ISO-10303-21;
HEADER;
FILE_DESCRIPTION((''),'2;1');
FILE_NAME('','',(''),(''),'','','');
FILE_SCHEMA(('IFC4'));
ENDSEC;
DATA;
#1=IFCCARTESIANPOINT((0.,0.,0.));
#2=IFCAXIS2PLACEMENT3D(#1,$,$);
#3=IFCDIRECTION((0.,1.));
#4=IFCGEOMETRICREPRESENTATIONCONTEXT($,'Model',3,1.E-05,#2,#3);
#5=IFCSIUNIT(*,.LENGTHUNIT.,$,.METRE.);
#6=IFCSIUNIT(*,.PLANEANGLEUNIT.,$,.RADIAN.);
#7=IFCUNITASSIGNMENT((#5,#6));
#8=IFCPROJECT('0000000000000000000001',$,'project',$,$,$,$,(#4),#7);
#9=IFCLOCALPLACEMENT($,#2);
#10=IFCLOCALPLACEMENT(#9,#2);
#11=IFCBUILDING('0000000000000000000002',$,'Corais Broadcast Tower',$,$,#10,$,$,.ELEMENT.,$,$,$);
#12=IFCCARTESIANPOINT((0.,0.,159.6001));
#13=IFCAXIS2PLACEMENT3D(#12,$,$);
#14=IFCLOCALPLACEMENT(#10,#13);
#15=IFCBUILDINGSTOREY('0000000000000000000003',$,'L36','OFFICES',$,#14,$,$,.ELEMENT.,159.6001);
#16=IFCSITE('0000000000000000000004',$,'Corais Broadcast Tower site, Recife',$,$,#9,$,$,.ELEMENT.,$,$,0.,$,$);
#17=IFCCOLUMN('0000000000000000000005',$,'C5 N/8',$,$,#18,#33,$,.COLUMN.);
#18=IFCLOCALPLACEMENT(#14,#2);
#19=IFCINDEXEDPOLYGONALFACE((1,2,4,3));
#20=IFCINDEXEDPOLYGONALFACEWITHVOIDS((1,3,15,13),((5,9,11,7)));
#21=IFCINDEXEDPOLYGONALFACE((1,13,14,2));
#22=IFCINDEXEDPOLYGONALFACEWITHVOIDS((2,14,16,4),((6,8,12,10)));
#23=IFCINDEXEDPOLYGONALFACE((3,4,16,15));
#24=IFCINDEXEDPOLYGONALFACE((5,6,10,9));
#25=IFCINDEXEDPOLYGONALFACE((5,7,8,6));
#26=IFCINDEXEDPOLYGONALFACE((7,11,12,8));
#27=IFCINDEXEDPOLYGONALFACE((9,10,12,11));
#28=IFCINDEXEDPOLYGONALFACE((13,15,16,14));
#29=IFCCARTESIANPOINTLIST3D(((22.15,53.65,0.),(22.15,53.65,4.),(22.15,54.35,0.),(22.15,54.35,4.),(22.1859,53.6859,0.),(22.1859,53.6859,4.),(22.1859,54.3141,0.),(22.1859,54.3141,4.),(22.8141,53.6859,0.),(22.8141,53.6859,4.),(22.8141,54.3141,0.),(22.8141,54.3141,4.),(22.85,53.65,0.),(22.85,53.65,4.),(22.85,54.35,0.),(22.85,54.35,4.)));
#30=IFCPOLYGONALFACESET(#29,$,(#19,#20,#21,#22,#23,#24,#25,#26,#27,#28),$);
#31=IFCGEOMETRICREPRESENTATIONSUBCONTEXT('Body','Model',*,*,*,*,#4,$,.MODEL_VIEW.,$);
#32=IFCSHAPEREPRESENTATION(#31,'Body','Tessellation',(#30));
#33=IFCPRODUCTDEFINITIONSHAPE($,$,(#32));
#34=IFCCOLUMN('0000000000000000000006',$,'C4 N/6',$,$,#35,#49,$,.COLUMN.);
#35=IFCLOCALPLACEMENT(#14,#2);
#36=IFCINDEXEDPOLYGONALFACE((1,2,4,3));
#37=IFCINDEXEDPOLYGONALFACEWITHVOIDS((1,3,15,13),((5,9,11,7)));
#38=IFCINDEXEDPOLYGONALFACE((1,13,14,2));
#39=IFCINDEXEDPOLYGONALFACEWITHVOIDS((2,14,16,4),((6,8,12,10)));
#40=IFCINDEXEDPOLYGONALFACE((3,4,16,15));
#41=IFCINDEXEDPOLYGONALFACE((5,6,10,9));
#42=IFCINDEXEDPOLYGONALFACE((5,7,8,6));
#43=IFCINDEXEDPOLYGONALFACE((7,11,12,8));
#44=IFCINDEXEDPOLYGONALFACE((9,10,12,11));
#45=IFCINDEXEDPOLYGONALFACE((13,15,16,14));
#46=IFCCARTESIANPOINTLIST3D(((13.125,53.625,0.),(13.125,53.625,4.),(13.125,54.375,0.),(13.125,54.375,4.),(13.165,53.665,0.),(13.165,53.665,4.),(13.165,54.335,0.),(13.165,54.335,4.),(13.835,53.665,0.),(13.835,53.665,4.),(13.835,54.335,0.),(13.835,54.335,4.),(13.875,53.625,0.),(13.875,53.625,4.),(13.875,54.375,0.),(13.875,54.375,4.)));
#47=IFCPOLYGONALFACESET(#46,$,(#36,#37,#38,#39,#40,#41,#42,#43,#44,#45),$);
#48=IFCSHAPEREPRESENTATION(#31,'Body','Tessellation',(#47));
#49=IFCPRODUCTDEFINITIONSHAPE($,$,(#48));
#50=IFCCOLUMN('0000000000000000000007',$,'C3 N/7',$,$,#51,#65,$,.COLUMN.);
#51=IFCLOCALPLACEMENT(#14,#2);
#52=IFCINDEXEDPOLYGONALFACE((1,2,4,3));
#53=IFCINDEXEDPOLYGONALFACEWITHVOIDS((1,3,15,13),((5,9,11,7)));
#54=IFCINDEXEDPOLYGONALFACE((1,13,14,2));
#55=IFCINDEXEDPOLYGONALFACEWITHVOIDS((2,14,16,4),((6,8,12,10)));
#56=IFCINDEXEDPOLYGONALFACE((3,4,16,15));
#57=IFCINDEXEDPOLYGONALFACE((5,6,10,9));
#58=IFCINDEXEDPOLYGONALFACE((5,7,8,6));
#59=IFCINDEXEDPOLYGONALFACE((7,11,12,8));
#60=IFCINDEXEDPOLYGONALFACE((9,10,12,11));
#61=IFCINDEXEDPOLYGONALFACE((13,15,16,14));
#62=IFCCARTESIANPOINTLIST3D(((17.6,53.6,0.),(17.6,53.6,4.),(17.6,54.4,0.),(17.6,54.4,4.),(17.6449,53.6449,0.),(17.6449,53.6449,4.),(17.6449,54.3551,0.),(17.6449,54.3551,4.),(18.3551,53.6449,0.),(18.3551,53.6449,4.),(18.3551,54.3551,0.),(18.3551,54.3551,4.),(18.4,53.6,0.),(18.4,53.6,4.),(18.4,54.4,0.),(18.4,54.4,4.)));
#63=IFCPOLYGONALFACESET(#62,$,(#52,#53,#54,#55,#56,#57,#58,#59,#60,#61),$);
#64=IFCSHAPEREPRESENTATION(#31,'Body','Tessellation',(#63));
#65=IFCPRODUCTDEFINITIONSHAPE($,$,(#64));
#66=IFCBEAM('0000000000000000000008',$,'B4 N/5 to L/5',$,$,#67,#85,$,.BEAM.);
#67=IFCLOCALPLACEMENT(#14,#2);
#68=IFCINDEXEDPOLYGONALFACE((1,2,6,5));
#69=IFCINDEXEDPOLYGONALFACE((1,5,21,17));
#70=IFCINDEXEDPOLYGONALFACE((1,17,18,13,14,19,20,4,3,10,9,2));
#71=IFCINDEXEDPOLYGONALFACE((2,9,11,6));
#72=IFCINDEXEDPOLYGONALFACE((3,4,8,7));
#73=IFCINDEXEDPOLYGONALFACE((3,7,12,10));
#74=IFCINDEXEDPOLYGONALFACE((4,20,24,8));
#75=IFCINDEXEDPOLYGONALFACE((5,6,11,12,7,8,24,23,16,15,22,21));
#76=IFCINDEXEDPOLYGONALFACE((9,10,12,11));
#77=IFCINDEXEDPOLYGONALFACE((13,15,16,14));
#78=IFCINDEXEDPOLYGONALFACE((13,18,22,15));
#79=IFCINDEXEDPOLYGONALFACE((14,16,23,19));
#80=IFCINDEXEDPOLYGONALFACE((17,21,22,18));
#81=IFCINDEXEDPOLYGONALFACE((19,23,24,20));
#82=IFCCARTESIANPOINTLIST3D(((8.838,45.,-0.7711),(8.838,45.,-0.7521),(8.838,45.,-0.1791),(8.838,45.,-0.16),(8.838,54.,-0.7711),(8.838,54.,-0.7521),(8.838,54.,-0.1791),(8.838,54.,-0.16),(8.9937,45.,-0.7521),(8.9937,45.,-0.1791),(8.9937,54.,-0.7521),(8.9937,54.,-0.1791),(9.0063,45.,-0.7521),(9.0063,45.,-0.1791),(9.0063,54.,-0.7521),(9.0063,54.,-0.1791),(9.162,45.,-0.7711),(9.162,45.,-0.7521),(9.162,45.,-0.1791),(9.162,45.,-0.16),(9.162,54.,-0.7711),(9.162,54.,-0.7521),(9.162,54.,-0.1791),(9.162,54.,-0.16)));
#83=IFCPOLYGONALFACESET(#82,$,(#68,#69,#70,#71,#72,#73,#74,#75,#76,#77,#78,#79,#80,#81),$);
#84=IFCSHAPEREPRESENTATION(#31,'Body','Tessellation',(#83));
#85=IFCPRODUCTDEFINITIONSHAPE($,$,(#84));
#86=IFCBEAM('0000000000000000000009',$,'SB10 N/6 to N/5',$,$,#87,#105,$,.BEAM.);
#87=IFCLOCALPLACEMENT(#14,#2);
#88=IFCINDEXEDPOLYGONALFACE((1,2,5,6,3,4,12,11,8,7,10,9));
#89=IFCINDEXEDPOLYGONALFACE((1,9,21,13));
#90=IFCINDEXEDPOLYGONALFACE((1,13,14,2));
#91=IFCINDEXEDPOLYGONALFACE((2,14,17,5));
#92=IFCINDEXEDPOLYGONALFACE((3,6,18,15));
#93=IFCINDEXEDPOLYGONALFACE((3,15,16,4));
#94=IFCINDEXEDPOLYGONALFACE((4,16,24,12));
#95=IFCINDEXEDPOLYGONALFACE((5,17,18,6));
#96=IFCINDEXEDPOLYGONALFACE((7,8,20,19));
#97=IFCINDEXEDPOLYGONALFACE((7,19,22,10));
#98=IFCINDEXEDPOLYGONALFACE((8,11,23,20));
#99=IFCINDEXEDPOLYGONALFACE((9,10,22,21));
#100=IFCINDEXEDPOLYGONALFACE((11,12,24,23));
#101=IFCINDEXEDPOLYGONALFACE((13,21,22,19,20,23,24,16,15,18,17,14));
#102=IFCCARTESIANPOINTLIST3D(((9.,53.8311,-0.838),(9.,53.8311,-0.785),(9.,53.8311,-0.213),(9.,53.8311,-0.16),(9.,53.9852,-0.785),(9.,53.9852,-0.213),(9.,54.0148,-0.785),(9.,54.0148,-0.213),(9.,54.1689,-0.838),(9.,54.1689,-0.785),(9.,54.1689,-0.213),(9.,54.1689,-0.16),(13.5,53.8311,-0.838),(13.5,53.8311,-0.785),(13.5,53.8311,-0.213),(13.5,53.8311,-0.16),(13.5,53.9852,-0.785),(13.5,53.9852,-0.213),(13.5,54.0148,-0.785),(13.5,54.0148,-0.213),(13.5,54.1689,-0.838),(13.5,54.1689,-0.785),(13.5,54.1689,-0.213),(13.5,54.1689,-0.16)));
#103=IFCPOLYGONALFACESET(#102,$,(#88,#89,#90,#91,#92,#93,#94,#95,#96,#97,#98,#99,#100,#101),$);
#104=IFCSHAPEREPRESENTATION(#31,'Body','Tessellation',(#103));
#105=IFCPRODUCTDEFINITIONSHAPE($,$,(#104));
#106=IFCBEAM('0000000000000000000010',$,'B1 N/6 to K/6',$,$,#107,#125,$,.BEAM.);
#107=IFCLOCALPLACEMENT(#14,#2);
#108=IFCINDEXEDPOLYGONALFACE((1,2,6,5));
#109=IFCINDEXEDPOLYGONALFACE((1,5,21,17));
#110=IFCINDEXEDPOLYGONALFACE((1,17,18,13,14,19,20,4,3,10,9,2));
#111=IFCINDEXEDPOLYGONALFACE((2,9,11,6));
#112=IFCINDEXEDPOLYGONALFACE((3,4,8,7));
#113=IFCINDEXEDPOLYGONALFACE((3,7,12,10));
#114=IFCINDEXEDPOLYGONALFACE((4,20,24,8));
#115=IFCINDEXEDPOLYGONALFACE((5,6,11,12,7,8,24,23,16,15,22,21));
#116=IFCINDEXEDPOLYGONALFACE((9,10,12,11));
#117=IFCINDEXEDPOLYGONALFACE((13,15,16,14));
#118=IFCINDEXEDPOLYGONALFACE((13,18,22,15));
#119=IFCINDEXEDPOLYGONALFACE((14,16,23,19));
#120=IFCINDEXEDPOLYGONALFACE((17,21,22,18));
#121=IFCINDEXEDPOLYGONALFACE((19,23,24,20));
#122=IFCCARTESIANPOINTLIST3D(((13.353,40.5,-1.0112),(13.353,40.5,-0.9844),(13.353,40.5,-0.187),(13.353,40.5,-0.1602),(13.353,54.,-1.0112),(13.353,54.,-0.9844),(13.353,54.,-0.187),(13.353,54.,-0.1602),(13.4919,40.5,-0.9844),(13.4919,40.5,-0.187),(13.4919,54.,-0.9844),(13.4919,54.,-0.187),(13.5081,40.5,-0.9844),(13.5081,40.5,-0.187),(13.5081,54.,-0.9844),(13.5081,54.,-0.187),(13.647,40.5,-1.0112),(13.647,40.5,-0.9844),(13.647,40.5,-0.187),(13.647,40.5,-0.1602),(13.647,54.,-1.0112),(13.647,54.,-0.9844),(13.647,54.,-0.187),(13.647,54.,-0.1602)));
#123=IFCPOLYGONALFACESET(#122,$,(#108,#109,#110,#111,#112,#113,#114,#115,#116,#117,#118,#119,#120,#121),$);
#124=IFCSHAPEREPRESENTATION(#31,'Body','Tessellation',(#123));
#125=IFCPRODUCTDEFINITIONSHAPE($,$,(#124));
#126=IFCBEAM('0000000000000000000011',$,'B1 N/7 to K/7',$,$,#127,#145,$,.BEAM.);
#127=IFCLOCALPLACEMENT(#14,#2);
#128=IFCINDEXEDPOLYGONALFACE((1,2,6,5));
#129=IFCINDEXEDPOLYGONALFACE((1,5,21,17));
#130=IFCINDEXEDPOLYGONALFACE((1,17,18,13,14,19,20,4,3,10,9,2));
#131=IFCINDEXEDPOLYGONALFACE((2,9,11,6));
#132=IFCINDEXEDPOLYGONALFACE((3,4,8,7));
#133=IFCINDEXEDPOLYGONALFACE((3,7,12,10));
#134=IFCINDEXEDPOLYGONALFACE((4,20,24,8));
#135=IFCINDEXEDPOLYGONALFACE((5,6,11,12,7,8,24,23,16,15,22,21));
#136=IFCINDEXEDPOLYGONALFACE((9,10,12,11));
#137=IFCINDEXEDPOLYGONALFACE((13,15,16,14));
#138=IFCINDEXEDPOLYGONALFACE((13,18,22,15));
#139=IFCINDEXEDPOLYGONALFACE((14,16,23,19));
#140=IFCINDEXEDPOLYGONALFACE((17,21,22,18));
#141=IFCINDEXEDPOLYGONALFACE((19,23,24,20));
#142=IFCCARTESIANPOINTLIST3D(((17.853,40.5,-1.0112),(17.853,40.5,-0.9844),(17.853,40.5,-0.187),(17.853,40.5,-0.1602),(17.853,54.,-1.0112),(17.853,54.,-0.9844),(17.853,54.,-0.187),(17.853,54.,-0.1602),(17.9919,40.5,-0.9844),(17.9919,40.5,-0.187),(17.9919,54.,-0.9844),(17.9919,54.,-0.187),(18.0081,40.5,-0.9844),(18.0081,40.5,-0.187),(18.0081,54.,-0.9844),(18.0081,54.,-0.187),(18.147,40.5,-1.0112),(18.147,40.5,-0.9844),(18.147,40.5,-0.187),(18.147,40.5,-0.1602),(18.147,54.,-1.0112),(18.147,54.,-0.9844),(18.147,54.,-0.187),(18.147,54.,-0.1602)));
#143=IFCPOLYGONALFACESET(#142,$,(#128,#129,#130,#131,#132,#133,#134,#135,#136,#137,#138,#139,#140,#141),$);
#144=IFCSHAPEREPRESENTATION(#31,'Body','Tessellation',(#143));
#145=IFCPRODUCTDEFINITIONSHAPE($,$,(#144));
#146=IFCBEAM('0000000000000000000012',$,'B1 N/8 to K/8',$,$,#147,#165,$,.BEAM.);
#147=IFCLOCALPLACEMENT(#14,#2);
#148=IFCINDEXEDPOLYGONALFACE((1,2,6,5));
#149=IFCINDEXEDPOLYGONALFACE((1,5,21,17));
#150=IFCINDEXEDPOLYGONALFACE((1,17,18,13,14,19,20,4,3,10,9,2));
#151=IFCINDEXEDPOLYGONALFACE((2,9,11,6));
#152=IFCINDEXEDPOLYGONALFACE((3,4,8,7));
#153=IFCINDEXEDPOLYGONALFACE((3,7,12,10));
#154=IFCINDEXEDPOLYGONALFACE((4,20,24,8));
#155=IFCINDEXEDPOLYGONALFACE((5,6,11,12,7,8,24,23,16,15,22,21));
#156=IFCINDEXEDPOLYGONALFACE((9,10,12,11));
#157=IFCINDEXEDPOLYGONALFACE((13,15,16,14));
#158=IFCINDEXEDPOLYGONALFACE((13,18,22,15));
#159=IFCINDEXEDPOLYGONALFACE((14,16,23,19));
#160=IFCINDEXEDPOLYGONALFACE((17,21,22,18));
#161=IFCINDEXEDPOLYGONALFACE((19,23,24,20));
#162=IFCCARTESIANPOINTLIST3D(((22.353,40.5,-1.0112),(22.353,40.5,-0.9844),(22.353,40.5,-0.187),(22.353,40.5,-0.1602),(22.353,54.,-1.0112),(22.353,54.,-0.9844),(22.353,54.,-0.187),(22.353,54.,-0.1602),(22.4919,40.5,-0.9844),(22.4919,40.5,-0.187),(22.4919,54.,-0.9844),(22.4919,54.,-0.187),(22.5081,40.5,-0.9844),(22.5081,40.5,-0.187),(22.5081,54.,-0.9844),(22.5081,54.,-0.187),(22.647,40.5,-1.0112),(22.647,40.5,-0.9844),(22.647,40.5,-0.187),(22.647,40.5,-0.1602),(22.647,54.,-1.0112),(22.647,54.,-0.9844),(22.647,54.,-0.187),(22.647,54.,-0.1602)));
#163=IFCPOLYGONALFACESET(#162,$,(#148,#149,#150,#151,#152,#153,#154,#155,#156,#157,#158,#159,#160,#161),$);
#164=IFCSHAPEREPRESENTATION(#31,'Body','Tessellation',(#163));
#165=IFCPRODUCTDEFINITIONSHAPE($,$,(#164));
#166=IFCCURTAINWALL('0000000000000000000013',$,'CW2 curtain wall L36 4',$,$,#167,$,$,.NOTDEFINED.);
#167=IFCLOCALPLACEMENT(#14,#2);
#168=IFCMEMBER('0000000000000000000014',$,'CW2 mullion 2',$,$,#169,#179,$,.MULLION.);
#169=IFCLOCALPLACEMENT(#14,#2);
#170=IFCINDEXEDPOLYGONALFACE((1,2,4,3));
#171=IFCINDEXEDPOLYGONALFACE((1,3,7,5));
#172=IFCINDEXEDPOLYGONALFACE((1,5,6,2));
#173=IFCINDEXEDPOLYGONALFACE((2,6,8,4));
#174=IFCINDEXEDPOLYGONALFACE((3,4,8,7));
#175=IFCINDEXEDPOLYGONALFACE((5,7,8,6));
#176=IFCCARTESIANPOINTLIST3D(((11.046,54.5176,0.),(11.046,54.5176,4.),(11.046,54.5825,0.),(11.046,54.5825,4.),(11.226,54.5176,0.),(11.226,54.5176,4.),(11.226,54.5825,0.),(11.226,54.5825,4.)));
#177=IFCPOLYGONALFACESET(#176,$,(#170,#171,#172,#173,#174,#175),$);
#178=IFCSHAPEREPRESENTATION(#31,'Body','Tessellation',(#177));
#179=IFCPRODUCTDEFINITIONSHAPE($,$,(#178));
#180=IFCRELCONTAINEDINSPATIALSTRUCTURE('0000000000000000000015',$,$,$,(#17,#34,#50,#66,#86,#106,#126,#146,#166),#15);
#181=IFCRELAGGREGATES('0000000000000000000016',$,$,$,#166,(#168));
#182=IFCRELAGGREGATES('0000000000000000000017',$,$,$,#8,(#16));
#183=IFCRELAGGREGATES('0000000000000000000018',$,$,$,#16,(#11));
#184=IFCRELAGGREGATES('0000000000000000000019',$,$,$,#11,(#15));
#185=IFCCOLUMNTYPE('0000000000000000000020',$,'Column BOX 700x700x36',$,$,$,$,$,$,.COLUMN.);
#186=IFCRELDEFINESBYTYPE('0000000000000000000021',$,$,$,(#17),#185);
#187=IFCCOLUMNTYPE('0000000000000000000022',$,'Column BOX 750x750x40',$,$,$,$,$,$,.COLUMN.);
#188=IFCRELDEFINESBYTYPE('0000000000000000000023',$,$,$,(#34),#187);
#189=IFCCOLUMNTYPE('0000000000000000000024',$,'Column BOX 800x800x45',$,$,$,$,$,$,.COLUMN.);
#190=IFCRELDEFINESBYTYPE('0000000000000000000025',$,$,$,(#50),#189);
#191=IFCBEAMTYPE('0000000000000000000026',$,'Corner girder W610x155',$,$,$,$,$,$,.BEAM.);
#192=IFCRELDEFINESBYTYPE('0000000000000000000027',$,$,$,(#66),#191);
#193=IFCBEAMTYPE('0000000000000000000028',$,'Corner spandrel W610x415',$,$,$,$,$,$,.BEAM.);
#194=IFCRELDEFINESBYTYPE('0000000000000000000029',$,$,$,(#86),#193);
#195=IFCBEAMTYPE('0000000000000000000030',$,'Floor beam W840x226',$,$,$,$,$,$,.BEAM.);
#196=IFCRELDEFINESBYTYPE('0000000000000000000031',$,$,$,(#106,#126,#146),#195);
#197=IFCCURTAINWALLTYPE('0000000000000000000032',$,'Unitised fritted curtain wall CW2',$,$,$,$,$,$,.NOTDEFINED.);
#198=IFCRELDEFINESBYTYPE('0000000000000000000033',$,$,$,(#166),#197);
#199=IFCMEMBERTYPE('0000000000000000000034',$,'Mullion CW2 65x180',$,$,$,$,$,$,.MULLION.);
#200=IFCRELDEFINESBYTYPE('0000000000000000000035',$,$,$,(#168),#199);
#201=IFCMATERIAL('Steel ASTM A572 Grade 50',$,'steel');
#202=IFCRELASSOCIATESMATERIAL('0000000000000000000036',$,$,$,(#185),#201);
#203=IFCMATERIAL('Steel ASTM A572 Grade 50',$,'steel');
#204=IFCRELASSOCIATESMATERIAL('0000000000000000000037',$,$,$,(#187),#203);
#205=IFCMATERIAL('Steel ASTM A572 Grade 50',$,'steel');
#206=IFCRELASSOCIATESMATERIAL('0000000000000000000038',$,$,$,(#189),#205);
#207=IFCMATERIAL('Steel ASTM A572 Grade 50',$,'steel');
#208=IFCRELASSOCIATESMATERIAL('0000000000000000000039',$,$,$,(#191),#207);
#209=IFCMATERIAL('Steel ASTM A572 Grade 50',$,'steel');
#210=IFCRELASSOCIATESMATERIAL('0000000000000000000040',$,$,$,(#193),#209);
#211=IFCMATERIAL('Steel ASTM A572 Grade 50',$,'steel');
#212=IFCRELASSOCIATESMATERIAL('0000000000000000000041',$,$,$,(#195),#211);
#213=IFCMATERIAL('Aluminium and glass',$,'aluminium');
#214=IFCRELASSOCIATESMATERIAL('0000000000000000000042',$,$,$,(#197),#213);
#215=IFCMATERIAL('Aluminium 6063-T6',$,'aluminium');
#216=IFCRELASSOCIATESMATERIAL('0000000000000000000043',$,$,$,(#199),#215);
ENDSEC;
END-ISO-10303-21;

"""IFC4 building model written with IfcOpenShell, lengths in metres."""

from ifc_helpers import new_model, si_unit, direction, frame, origin, origin_2d, place, context, subcontext, project, spatial, rectangle, hollow_rectangle, i_section, extrude, material, material_profile, profile_set, type_object, element, aggregate, save


model = new_model("IFC4")

# Units and contexts
model_context = context("Model", 3, precision=1e-05, world=origin(), true_north=direction((0.0, 1.0)))
body_context = subcontext(model_context, "Body", "Model", "MODEL_VIEW")
ifc_project = project(units=[si_unit("LENGTHUNIT", "METRE"), si_unit("PLANEANGLEUNIT", "RADIAN")], contexts=[model_context])

# Site, building, storey
site_placement = place(None, origin())
site = spatial("IfcSite", under=ifc_project, at=site_placement, Name="Corais Broadcast Tower site, Recife", CompositionType="ELEMENT", RefElevation=0.0)
building_placement = place(site_placement, origin())
building = spatial("IfcBuilding", under=site, at=building_placement, Name="Corais Broadcast Tower", CompositionType="ELEMENT")
storey_placement = place(building_placement, frame((0.0, 0.0, 159.6001)))
storey = spatial("IfcBuildingStorey", under=building, at=storey_placement, Name="L36", Description="OFFICES", CompositionType="ELEMENT", Elevation=159.6001)

# Columns
ifc_material_1 = material(Name="Steel ASTM A572 Grade 50", Category="steel")
ifc_material_profile_1 = material_profile(ifc_material_1, hollow_rectangle(XDim=0.7, YDim=0.7, WallThickness=0.0359, at=origin_2d()), Name="BOX 700x700x36")
ifc_profile_set_1 = profile_set([ifc_material_profile_1], Name="Steel ASTM A572 Grade 50")
column_type_1 = type_object("IfcColumnType", Name="Column BOX 700x700x36", PredefinedType="COLUMN", material=ifc_profile_set_1)
column_1_placement = place(storey_placement, frame((22.5, 54.0, 0.0), z_axis=(0.0, 0.0, 1.0), x_axis=(1.0, 0.0, 0.0)))
element("IfcColumn", 1, at=column_1_placement, inside=storey, type_object=column_type_1, Name="C5 N/8", PredefinedType="COLUMN", context=body_context, shape_type="SweptSolid", body=[
    extrude(hollow_rectangle(XDim=0.7, YDim=0.7, WallThickness=0.0359, at=origin_2d()), origin(), (0.0, 0.0, 1.0), 4.0),
])
ifc_material_2 = material(Name="Steel ASTM A572 Grade 50", Category="steel")
ifc_material_profile_2 = material_profile(ifc_material_2, hollow_rectangle(XDim=0.75, YDim=0.75, WallThickness=0.04, at=origin_2d()), Name="BOX 750x750x40")
ifc_profile_set_2 = profile_set([ifc_material_profile_2], Name="Steel ASTM A572 Grade 50")
column_type_2 = type_object("IfcColumnType", Name="Column BOX 750x750x40", PredefinedType="COLUMN", material=ifc_profile_set_2)
column_2_placement = place(storey_placement, frame((13.5, 54.0, 0.0), z_axis=(0.0, 0.0, 1.0), x_axis=(1.0, 0.0, 0.0)))
element("IfcColumn", 2, at=column_2_placement, inside=storey, type_object=column_type_2, Name="C4 N/6", PredefinedType="COLUMN", context=body_context, shape_type="SweptSolid", body=[
    extrude(hollow_rectangle(XDim=0.75, YDim=0.75, WallThickness=0.04, at=origin_2d()), origin(), (0.0, 0.0, 1.0), 4.0),
])
ifc_material_3 = material(Name="Steel ASTM A572 Grade 50", Category="steel")
ifc_material_profile_3 = material_profile(ifc_material_3, hollow_rectangle(XDim=0.8, YDim=0.8, WallThickness=0.0449, at=origin_2d()), Name="BOX 800x800x45")
ifc_profile_set_3 = profile_set([ifc_material_profile_3], Name="Steel ASTM A572 Grade 50")
column_type_3 = type_object("IfcColumnType", Name="Column BOX 800x800x45", PredefinedType="COLUMN", material=ifc_profile_set_3)
column_3_placement = place(storey_placement, frame((18.0, 54.0, 0.0), z_axis=(0.0, 0.0, 1.0), x_axis=(1.0, 0.0, 0.0)))
element("IfcColumn", 3, at=column_3_placement, inside=storey, type_object=column_type_3, Name="C3 N/7", PredefinedType="COLUMN", context=body_context, shape_type="SweptSolid", body=[
    extrude(hollow_rectangle(XDim=0.8, YDim=0.8, WallThickness=0.0449, at=origin_2d()), origin(), (0.0, 0.0, 1.0), 4.0),
])

# Beams
ifc_material_4 = material(Name="Steel ASTM A572 Grade 50", Category="steel")
ifc_material_profile_4 = material_profile(ifc_material_4, i_section(OverallWidth=0.324, OverallDepth=0.6111, WebThickness=0.0127, FlangeThickness=0.019, at=origin_2d()), Name="W610x155")
ifc_profile_set_4 = profile_set([ifc_material_profile_4], Name="Steel ASTM A572 Grade 50")
beam_type_1 = type_object("IfcBeamType", Name="Corner girder W610x155", PredefinedType="BEAM", material=ifc_profile_set_4)
beam_1_placement = place(storey_placement, frame((9.0, 54.0, -0.4656), z_axis=(0.0, -1.0, 0.0), x_axis=(1.0, 0.0, 0.0)))
element("IfcBeam", 4, at=beam_1_placement, inside=storey, type_object=beam_type_1, Name="B4 N/5 to L/5", PredefinedType="BEAM", context=body_context, shape_type="SweptSolid", body=[
    extrude(i_section(OverallWidth=0.324, OverallDepth=0.6111, WebThickness=0.0127, FlangeThickness=0.019, at=origin_2d()), origin(), (0.0, 0.0, 1.0), 9.0),
])
ifc_material_5 = material(Name="Steel ASTM A572 Grade 50", Category="steel")
ifc_material_profile_5 = material_profile(ifc_material_5, i_section(OverallWidth=0.3379, OverallDepth=0.678, WebThickness=0.0295, FlangeThickness=0.053, at=origin_2d()), Name="W610x415")
ifc_profile_set_5 = profile_set([ifc_material_profile_5], Name="Steel ASTM A572 Grade 50")
beam_type_2 = type_object("IfcBeamType", Name="Corner spandrel W610x415", PredefinedType="BEAM", material=ifc_profile_set_5)
beam_2_placement = place(storey_placement, frame((13.5, 54.0, -0.499), z_axis=(-1.0, 0.0, 0.0), x_axis=(0.0, -1.0, 0.0)))
element("IfcBeam", 5, at=beam_2_placement, inside=storey, type_object=beam_type_2, Name="SB10 N/6 to N/5", PredefinedType="BEAM", context=body_context, shape_type="SweptSolid", body=[
    extrude(i_section(OverallWidth=0.3379, OverallDepth=0.678, WebThickness=0.0295, FlangeThickness=0.053, at=origin_2d()), origin(), (0.0, 0.0, 1.0), 4.5),
])
ifc_material_6 = material(Name="Steel ASTM A572 Grade 50", Category="steel")
ifc_material_profile_6 = material_profile(ifc_material_6, i_section(OverallWidth=0.2939, OverallDepth=0.8511, WebThickness=0.0161, FlangeThickness=0.0269, at=origin_2d()), Name="W840x226")
ifc_profile_set_6 = profile_set([ifc_material_profile_6], Name="Steel ASTM A572 Grade 50")
beam_type_3 = type_object("IfcBeamType", Name="Floor beam W840x226", PredefinedType="BEAM", material=ifc_profile_set_6)
for number, where, z_axis, x_axis, name in (
    (6, (13.5, 54.0, -0.5857), (0.0, -1.0, 0.0), (1.0, 0.0, 0.0), "B1 N/6 to K/6"),
    (7, (18.0, 54.0, -0.5857), (0.0, -1.0, 0.0), (1.0, 0.0, 0.0), "B1 N/7 to K/7"),
    (8, (22.5, 54.0, -0.5857), (0.0, -1.0, 0.0), (1.0, 0.0, 0.0), "B1 N/8 to K/8"),
):
    element("IfcBeam", number, at=place(storey_placement, frame(where, z_axis=z_axis, x_axis=x_axis)), inside=storey, type_object=beam_type_3, Name=name, PredefinedType="BEAM", context=body_context, shape_type="SweptSolid", body=[
        extrude(i_section(OverallWidth=0.2939, OverallDepth=0.8511, WebThickness=0.0161, FlangeThickness=0.0269, at=origin_2d()), origin(), (0.0, 0.0, 1.0), 13.5),
    ])

# Curtain wall, member
ifc_material_7 = material(Name="Aluminium and glass", Category="aluminium")
curtain_wall_type = type_object("IfcCurtainWallType", Name="Unitised fritted curtain wall CW2", PredefinedType="NOTDEFINED", material=ifc_material_7)
curtain_wall_placement = place(storey_placement, origin())
curtain_wall = element("IfcCurtainWall", 9, at=curtain_wall_placement, inside=storey, type_object=curtain_wall_type, Name="CW2 curtain wall L36 4", PredefinedType="NOTDEFINED")
ifc_material_8 = material(Name="Aluminium 6063-T6", Category="aluminium")
ifc_material_profile_7 = material_profile(ifc_material_8, rectangle(XDim=0.0649, YDim=0.1799, at=origin_2d()), Name="Mullion CW2 65x180")
ifc_profile_set_7 = profile_set([ifc_material_profile_7], Name="Aluminium 6063-T6")
member_type_1 = type_object("IfcMemberType", Name="Mullion CW2 65x180", PredefinedType="MULLION", material=ifc_profile_set_7)
member_1_placement = place(storey_placement, frame((11.136, 54.55, 0.0), z_axis=(0.0, 0.0, 1.0), x_axis=(0.0, 1.0, 0.0)))
member_1 = element("IfcMember", 10, at=member_1_placement, type_object=member_type_1, Name="CW2 mullion 2", PredefinedType="MULLION", context=body_context, shape_type="SweptSolid", body=[
    extrude(rectangle(XDim=0.0649, YDim=0.1799, at=origin_2d()), origin(), (0.0, 0.0, 1.0), 4.0),
])

aggregate(curtain_wall, [member_1])

save(model, "model.ifc")
